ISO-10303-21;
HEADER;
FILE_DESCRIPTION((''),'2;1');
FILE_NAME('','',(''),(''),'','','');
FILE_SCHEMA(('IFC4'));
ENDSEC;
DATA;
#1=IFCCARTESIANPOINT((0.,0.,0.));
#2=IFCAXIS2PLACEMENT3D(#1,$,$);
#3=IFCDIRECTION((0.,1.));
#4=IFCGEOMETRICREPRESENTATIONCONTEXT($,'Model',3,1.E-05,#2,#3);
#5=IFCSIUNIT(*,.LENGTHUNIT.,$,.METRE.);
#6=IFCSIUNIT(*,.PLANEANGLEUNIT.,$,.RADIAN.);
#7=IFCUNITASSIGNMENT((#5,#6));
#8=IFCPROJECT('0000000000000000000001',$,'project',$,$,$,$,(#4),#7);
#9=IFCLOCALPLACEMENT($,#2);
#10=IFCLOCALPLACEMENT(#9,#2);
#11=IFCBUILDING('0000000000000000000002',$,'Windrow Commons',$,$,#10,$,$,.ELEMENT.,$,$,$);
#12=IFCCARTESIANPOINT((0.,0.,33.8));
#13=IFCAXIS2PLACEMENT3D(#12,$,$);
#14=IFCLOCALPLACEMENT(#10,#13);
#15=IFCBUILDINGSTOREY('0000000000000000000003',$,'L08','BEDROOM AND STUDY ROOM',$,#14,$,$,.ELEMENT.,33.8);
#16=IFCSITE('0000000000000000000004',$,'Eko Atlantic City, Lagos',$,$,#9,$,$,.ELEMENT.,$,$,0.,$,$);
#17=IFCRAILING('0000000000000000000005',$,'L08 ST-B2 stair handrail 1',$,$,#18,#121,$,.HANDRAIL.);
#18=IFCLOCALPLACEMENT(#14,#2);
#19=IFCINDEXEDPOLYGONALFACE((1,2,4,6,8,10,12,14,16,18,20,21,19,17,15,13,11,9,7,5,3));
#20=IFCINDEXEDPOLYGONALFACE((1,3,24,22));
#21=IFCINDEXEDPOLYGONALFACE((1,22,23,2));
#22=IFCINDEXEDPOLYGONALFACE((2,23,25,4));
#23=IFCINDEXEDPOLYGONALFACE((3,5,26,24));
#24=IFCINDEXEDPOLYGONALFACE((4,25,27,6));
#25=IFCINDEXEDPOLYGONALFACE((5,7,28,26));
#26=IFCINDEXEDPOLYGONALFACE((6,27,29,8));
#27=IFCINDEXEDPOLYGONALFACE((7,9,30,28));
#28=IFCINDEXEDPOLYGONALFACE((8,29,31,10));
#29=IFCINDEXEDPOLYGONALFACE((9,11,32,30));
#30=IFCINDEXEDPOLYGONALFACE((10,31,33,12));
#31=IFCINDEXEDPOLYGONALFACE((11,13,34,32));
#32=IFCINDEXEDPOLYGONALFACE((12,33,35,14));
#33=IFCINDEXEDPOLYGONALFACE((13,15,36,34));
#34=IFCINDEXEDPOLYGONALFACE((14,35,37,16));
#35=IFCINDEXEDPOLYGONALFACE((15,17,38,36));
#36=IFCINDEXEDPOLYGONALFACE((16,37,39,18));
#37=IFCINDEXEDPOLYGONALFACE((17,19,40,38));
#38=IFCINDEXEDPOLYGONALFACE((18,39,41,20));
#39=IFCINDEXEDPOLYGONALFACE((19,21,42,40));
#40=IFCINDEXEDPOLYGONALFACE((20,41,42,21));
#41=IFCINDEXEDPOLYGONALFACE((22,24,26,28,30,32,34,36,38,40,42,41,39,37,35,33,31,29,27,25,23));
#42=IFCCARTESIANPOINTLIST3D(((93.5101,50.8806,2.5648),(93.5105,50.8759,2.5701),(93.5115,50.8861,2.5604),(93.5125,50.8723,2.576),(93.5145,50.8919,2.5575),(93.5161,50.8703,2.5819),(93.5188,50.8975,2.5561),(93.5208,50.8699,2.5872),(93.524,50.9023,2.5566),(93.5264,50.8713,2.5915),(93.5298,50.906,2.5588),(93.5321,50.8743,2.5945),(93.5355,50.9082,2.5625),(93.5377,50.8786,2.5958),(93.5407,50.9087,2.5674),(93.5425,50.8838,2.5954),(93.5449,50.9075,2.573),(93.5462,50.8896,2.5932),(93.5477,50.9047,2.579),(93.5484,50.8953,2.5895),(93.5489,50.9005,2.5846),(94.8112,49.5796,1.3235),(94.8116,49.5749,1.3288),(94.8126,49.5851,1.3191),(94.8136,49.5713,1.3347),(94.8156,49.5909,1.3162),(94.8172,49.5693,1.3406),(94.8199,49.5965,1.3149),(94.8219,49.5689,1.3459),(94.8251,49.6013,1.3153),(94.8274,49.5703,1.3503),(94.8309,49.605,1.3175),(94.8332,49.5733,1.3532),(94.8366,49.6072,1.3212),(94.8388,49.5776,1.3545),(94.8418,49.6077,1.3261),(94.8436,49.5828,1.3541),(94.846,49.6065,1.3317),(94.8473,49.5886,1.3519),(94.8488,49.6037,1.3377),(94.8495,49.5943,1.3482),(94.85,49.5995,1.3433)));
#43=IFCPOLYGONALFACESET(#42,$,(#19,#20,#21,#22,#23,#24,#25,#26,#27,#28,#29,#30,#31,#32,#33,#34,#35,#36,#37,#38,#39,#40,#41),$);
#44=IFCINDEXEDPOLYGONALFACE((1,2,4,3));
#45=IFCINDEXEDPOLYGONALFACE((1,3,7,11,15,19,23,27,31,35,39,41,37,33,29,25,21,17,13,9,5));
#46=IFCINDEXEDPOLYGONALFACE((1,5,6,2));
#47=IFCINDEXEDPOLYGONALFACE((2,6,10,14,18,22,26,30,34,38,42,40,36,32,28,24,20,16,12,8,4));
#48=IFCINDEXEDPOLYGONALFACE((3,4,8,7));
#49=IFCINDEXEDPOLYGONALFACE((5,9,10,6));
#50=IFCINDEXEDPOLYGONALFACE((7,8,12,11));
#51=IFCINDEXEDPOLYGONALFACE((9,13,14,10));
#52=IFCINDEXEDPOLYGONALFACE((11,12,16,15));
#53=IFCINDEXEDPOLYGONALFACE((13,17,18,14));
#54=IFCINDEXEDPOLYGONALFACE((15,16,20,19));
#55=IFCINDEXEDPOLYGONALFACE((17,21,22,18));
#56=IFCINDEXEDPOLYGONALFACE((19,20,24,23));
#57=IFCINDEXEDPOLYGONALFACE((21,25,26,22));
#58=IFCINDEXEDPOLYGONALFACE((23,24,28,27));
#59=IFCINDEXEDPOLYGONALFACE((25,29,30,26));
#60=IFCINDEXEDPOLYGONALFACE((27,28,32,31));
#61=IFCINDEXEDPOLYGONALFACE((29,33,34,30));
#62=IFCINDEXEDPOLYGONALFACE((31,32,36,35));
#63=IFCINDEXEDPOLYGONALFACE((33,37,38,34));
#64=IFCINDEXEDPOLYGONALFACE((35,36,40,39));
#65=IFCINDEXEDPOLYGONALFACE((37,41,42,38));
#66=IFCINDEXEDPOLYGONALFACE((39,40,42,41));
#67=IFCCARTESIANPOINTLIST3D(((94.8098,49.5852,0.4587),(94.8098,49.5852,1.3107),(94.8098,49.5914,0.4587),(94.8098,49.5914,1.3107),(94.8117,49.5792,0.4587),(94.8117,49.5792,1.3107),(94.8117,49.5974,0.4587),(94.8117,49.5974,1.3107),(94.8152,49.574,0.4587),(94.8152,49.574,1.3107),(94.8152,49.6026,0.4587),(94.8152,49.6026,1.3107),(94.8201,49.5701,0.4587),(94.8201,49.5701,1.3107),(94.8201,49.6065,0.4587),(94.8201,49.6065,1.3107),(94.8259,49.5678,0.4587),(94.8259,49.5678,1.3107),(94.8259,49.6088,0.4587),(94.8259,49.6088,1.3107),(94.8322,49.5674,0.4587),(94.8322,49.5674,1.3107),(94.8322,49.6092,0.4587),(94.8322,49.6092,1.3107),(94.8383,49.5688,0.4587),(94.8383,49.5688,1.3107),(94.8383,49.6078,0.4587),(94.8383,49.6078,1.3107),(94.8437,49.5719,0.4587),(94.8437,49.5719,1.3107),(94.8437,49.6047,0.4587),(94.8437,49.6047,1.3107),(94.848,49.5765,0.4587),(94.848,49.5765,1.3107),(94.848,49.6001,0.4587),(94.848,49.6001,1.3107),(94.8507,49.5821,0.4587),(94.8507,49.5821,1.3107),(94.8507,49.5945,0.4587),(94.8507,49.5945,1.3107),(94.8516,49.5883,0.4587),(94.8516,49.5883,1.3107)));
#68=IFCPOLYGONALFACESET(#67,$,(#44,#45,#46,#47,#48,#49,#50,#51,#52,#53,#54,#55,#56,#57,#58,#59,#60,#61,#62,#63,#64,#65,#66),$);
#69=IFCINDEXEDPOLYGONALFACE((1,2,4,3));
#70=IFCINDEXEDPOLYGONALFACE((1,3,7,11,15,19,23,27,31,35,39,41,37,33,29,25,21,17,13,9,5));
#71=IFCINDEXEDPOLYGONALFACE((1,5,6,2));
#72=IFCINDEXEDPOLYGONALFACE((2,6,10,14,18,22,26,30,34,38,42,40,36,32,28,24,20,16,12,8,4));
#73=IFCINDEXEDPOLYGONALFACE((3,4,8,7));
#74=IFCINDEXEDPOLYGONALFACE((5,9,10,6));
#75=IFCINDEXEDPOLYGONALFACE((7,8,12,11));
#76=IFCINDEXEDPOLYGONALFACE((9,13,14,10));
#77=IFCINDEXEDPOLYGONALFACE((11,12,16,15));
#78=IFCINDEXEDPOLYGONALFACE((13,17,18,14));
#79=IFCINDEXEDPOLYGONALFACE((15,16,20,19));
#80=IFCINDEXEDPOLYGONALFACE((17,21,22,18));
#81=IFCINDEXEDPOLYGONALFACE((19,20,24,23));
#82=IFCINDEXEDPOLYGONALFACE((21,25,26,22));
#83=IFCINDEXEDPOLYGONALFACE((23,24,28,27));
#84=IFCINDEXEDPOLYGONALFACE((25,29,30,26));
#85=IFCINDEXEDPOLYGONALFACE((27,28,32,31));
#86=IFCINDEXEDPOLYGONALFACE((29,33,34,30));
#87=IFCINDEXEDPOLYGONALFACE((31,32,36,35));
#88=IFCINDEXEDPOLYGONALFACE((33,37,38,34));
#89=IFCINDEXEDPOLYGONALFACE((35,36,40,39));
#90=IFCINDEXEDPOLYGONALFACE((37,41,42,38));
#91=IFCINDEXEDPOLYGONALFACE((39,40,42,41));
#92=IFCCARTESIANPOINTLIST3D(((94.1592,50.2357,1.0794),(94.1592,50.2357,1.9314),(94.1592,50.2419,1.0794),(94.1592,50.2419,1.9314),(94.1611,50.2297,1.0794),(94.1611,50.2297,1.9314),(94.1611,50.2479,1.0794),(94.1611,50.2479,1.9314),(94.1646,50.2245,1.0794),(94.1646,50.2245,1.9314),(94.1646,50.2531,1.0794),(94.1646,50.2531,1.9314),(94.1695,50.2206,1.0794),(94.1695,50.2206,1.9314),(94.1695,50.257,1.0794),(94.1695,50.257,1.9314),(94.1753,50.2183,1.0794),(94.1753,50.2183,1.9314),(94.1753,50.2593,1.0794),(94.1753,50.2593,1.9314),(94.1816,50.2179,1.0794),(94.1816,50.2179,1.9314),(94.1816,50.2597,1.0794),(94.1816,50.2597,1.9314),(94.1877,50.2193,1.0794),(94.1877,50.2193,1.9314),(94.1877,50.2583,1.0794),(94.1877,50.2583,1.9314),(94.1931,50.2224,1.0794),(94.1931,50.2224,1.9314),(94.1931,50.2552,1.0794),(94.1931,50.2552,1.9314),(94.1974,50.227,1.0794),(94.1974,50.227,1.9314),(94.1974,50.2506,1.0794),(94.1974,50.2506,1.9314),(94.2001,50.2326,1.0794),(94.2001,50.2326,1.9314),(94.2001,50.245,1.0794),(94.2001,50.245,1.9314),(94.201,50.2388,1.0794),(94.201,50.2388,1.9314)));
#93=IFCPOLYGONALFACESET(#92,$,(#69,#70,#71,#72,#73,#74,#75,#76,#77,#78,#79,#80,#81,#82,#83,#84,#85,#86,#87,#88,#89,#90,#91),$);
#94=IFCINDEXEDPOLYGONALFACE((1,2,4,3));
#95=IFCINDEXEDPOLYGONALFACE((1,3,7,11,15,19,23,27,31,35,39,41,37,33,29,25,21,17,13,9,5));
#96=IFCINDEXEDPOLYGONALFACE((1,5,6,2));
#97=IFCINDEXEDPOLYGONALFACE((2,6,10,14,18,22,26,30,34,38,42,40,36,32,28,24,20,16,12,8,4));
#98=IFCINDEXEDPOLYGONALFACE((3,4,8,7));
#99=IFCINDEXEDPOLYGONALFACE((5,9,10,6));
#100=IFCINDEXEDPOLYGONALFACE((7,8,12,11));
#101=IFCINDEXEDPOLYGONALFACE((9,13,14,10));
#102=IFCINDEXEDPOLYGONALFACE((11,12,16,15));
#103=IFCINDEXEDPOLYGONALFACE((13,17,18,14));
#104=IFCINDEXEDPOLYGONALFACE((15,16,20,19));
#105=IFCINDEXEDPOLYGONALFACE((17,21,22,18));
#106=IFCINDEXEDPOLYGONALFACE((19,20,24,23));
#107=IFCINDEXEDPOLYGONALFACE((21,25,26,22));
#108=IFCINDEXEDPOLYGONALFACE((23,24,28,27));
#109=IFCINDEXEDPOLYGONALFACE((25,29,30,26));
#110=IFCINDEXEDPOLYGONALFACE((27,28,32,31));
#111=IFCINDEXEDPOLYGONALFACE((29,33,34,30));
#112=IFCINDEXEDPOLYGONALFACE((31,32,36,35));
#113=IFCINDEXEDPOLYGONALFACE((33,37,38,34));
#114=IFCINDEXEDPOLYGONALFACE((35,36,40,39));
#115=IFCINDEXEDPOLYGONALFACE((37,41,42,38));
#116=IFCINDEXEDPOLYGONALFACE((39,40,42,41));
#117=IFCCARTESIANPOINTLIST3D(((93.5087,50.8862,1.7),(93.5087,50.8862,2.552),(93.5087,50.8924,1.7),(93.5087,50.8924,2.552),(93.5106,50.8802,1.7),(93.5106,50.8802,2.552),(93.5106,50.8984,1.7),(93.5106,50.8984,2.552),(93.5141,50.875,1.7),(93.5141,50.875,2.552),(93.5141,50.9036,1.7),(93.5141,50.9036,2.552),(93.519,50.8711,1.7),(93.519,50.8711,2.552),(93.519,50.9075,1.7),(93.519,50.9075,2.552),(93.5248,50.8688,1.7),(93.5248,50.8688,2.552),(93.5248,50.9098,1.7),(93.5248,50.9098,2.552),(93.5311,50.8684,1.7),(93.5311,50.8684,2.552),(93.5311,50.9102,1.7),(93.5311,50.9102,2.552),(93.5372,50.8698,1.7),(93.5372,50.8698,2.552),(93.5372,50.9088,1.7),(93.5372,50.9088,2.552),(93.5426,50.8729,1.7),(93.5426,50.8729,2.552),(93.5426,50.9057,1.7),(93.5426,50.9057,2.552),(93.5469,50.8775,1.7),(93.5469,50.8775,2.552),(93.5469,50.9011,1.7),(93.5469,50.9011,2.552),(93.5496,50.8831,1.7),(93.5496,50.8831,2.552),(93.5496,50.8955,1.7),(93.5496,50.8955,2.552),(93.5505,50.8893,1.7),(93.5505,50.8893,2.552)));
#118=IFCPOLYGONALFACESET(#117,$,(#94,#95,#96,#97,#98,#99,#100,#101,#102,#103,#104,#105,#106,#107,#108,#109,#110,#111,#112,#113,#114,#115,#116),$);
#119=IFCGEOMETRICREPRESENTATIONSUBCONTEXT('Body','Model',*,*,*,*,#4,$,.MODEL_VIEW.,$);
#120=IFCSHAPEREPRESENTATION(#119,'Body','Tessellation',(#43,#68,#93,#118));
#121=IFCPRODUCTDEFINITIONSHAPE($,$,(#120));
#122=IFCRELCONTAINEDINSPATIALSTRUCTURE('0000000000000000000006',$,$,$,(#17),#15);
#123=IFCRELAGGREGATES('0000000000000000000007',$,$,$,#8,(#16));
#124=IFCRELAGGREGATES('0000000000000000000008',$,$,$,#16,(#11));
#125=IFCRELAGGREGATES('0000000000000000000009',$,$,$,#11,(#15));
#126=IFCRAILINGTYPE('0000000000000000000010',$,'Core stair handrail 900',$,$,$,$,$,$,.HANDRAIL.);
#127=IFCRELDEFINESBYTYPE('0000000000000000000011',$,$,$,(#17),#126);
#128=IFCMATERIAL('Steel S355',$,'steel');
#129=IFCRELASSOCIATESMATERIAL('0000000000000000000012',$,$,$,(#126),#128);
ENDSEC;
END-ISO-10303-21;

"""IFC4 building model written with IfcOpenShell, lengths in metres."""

from ifc_helpers import new_model, si_unit, direction, frame, origin, origin_2d, place, context, subcontext, project, spatial, circle, extrude, material, type_object, element, save


model = new_model("IFC4")

# Units and contexts
model_context = context("Model", 3, precision=1e-05, world=origin(), true_north=direction((0.0, 1.0)))
body_context = subcontext(model_context, "Body", "Model", "MODEL_VIEW")
ifc_project = project(units=[si_unit("LENGTHUNIT", "METRE"), si_unit("PLANEANGLEUNIT", "RADIAN")], contexts=[model_context])

# Site, building, storey
site_placement = place(None, origin())
site = spatial("IfcSite", under=ifc_project, at=site_placement, Name="Eko Atlantic City, Lagos", CompositionType="ELEMENT", RefElevation=0.0)
building_placement = place(site_placement, origin())
building = spatial("IfcBuilding", under=site, at=building_placement, Name="Windrow Commons", CompositionType="ELEMENT")
storey_placement = place(building_placement, frame((0.0, 0.0, 33.8)))
storey = spatial("IfcBuildingStorey", under=building, at=storey_placement, Name="L08", Description="BEDROOM AND STUDY ROOM", CompositionType="ELEMENT", Elevation=33.8)

# Railing
ifc_material_1 = material(Name="Steel S355", Category="steel")
railing_type_1 = type_object("IfcRailingType", Name="Core stair handrail 900", PredefinedType="HANDRAIL", material=ifc_material_1)
railing_1_placement = place(storey_placement, frame((94.8306, 49.5883, 0.4587)))
element("IfcRailing", 1, at=railing_1_placement, inside=storey, type_object=railing_type_1, Name="L08 ST-B2 stair handrail 1", PredefinedType="HANDRAIL", context=body_context, shape_type="SweptSolid", body=[
    extrude(circle(Radius=0.024, at=origin_2d()), frame((0.0, 0.0, 0.876), z_axis=(-0.586207, 0.586162, 0.559264), x_axis=(-0.70708, -0.707134, 0.0)), (0.0, 0.0, 1.0), 2.2195),
    extrude(circle(Radius=0.021, at=origin_2d()), origin(), (0.0, 0.0, 1.0), 0.852),
    extrude(circle(Radius=0.021, at=origin_2d()), frame((-0.6506, 0.6505, 0.6207)), (0.0, 0.0, 1.0), 0.852),
    extrude(circle(Radius=0.021, at=origin_2d()), frame((-1.3011, 1.301, 1.2413)), (0.0, 0.0, 1.0), 0.852),
])

save(model, "model.ifc")
